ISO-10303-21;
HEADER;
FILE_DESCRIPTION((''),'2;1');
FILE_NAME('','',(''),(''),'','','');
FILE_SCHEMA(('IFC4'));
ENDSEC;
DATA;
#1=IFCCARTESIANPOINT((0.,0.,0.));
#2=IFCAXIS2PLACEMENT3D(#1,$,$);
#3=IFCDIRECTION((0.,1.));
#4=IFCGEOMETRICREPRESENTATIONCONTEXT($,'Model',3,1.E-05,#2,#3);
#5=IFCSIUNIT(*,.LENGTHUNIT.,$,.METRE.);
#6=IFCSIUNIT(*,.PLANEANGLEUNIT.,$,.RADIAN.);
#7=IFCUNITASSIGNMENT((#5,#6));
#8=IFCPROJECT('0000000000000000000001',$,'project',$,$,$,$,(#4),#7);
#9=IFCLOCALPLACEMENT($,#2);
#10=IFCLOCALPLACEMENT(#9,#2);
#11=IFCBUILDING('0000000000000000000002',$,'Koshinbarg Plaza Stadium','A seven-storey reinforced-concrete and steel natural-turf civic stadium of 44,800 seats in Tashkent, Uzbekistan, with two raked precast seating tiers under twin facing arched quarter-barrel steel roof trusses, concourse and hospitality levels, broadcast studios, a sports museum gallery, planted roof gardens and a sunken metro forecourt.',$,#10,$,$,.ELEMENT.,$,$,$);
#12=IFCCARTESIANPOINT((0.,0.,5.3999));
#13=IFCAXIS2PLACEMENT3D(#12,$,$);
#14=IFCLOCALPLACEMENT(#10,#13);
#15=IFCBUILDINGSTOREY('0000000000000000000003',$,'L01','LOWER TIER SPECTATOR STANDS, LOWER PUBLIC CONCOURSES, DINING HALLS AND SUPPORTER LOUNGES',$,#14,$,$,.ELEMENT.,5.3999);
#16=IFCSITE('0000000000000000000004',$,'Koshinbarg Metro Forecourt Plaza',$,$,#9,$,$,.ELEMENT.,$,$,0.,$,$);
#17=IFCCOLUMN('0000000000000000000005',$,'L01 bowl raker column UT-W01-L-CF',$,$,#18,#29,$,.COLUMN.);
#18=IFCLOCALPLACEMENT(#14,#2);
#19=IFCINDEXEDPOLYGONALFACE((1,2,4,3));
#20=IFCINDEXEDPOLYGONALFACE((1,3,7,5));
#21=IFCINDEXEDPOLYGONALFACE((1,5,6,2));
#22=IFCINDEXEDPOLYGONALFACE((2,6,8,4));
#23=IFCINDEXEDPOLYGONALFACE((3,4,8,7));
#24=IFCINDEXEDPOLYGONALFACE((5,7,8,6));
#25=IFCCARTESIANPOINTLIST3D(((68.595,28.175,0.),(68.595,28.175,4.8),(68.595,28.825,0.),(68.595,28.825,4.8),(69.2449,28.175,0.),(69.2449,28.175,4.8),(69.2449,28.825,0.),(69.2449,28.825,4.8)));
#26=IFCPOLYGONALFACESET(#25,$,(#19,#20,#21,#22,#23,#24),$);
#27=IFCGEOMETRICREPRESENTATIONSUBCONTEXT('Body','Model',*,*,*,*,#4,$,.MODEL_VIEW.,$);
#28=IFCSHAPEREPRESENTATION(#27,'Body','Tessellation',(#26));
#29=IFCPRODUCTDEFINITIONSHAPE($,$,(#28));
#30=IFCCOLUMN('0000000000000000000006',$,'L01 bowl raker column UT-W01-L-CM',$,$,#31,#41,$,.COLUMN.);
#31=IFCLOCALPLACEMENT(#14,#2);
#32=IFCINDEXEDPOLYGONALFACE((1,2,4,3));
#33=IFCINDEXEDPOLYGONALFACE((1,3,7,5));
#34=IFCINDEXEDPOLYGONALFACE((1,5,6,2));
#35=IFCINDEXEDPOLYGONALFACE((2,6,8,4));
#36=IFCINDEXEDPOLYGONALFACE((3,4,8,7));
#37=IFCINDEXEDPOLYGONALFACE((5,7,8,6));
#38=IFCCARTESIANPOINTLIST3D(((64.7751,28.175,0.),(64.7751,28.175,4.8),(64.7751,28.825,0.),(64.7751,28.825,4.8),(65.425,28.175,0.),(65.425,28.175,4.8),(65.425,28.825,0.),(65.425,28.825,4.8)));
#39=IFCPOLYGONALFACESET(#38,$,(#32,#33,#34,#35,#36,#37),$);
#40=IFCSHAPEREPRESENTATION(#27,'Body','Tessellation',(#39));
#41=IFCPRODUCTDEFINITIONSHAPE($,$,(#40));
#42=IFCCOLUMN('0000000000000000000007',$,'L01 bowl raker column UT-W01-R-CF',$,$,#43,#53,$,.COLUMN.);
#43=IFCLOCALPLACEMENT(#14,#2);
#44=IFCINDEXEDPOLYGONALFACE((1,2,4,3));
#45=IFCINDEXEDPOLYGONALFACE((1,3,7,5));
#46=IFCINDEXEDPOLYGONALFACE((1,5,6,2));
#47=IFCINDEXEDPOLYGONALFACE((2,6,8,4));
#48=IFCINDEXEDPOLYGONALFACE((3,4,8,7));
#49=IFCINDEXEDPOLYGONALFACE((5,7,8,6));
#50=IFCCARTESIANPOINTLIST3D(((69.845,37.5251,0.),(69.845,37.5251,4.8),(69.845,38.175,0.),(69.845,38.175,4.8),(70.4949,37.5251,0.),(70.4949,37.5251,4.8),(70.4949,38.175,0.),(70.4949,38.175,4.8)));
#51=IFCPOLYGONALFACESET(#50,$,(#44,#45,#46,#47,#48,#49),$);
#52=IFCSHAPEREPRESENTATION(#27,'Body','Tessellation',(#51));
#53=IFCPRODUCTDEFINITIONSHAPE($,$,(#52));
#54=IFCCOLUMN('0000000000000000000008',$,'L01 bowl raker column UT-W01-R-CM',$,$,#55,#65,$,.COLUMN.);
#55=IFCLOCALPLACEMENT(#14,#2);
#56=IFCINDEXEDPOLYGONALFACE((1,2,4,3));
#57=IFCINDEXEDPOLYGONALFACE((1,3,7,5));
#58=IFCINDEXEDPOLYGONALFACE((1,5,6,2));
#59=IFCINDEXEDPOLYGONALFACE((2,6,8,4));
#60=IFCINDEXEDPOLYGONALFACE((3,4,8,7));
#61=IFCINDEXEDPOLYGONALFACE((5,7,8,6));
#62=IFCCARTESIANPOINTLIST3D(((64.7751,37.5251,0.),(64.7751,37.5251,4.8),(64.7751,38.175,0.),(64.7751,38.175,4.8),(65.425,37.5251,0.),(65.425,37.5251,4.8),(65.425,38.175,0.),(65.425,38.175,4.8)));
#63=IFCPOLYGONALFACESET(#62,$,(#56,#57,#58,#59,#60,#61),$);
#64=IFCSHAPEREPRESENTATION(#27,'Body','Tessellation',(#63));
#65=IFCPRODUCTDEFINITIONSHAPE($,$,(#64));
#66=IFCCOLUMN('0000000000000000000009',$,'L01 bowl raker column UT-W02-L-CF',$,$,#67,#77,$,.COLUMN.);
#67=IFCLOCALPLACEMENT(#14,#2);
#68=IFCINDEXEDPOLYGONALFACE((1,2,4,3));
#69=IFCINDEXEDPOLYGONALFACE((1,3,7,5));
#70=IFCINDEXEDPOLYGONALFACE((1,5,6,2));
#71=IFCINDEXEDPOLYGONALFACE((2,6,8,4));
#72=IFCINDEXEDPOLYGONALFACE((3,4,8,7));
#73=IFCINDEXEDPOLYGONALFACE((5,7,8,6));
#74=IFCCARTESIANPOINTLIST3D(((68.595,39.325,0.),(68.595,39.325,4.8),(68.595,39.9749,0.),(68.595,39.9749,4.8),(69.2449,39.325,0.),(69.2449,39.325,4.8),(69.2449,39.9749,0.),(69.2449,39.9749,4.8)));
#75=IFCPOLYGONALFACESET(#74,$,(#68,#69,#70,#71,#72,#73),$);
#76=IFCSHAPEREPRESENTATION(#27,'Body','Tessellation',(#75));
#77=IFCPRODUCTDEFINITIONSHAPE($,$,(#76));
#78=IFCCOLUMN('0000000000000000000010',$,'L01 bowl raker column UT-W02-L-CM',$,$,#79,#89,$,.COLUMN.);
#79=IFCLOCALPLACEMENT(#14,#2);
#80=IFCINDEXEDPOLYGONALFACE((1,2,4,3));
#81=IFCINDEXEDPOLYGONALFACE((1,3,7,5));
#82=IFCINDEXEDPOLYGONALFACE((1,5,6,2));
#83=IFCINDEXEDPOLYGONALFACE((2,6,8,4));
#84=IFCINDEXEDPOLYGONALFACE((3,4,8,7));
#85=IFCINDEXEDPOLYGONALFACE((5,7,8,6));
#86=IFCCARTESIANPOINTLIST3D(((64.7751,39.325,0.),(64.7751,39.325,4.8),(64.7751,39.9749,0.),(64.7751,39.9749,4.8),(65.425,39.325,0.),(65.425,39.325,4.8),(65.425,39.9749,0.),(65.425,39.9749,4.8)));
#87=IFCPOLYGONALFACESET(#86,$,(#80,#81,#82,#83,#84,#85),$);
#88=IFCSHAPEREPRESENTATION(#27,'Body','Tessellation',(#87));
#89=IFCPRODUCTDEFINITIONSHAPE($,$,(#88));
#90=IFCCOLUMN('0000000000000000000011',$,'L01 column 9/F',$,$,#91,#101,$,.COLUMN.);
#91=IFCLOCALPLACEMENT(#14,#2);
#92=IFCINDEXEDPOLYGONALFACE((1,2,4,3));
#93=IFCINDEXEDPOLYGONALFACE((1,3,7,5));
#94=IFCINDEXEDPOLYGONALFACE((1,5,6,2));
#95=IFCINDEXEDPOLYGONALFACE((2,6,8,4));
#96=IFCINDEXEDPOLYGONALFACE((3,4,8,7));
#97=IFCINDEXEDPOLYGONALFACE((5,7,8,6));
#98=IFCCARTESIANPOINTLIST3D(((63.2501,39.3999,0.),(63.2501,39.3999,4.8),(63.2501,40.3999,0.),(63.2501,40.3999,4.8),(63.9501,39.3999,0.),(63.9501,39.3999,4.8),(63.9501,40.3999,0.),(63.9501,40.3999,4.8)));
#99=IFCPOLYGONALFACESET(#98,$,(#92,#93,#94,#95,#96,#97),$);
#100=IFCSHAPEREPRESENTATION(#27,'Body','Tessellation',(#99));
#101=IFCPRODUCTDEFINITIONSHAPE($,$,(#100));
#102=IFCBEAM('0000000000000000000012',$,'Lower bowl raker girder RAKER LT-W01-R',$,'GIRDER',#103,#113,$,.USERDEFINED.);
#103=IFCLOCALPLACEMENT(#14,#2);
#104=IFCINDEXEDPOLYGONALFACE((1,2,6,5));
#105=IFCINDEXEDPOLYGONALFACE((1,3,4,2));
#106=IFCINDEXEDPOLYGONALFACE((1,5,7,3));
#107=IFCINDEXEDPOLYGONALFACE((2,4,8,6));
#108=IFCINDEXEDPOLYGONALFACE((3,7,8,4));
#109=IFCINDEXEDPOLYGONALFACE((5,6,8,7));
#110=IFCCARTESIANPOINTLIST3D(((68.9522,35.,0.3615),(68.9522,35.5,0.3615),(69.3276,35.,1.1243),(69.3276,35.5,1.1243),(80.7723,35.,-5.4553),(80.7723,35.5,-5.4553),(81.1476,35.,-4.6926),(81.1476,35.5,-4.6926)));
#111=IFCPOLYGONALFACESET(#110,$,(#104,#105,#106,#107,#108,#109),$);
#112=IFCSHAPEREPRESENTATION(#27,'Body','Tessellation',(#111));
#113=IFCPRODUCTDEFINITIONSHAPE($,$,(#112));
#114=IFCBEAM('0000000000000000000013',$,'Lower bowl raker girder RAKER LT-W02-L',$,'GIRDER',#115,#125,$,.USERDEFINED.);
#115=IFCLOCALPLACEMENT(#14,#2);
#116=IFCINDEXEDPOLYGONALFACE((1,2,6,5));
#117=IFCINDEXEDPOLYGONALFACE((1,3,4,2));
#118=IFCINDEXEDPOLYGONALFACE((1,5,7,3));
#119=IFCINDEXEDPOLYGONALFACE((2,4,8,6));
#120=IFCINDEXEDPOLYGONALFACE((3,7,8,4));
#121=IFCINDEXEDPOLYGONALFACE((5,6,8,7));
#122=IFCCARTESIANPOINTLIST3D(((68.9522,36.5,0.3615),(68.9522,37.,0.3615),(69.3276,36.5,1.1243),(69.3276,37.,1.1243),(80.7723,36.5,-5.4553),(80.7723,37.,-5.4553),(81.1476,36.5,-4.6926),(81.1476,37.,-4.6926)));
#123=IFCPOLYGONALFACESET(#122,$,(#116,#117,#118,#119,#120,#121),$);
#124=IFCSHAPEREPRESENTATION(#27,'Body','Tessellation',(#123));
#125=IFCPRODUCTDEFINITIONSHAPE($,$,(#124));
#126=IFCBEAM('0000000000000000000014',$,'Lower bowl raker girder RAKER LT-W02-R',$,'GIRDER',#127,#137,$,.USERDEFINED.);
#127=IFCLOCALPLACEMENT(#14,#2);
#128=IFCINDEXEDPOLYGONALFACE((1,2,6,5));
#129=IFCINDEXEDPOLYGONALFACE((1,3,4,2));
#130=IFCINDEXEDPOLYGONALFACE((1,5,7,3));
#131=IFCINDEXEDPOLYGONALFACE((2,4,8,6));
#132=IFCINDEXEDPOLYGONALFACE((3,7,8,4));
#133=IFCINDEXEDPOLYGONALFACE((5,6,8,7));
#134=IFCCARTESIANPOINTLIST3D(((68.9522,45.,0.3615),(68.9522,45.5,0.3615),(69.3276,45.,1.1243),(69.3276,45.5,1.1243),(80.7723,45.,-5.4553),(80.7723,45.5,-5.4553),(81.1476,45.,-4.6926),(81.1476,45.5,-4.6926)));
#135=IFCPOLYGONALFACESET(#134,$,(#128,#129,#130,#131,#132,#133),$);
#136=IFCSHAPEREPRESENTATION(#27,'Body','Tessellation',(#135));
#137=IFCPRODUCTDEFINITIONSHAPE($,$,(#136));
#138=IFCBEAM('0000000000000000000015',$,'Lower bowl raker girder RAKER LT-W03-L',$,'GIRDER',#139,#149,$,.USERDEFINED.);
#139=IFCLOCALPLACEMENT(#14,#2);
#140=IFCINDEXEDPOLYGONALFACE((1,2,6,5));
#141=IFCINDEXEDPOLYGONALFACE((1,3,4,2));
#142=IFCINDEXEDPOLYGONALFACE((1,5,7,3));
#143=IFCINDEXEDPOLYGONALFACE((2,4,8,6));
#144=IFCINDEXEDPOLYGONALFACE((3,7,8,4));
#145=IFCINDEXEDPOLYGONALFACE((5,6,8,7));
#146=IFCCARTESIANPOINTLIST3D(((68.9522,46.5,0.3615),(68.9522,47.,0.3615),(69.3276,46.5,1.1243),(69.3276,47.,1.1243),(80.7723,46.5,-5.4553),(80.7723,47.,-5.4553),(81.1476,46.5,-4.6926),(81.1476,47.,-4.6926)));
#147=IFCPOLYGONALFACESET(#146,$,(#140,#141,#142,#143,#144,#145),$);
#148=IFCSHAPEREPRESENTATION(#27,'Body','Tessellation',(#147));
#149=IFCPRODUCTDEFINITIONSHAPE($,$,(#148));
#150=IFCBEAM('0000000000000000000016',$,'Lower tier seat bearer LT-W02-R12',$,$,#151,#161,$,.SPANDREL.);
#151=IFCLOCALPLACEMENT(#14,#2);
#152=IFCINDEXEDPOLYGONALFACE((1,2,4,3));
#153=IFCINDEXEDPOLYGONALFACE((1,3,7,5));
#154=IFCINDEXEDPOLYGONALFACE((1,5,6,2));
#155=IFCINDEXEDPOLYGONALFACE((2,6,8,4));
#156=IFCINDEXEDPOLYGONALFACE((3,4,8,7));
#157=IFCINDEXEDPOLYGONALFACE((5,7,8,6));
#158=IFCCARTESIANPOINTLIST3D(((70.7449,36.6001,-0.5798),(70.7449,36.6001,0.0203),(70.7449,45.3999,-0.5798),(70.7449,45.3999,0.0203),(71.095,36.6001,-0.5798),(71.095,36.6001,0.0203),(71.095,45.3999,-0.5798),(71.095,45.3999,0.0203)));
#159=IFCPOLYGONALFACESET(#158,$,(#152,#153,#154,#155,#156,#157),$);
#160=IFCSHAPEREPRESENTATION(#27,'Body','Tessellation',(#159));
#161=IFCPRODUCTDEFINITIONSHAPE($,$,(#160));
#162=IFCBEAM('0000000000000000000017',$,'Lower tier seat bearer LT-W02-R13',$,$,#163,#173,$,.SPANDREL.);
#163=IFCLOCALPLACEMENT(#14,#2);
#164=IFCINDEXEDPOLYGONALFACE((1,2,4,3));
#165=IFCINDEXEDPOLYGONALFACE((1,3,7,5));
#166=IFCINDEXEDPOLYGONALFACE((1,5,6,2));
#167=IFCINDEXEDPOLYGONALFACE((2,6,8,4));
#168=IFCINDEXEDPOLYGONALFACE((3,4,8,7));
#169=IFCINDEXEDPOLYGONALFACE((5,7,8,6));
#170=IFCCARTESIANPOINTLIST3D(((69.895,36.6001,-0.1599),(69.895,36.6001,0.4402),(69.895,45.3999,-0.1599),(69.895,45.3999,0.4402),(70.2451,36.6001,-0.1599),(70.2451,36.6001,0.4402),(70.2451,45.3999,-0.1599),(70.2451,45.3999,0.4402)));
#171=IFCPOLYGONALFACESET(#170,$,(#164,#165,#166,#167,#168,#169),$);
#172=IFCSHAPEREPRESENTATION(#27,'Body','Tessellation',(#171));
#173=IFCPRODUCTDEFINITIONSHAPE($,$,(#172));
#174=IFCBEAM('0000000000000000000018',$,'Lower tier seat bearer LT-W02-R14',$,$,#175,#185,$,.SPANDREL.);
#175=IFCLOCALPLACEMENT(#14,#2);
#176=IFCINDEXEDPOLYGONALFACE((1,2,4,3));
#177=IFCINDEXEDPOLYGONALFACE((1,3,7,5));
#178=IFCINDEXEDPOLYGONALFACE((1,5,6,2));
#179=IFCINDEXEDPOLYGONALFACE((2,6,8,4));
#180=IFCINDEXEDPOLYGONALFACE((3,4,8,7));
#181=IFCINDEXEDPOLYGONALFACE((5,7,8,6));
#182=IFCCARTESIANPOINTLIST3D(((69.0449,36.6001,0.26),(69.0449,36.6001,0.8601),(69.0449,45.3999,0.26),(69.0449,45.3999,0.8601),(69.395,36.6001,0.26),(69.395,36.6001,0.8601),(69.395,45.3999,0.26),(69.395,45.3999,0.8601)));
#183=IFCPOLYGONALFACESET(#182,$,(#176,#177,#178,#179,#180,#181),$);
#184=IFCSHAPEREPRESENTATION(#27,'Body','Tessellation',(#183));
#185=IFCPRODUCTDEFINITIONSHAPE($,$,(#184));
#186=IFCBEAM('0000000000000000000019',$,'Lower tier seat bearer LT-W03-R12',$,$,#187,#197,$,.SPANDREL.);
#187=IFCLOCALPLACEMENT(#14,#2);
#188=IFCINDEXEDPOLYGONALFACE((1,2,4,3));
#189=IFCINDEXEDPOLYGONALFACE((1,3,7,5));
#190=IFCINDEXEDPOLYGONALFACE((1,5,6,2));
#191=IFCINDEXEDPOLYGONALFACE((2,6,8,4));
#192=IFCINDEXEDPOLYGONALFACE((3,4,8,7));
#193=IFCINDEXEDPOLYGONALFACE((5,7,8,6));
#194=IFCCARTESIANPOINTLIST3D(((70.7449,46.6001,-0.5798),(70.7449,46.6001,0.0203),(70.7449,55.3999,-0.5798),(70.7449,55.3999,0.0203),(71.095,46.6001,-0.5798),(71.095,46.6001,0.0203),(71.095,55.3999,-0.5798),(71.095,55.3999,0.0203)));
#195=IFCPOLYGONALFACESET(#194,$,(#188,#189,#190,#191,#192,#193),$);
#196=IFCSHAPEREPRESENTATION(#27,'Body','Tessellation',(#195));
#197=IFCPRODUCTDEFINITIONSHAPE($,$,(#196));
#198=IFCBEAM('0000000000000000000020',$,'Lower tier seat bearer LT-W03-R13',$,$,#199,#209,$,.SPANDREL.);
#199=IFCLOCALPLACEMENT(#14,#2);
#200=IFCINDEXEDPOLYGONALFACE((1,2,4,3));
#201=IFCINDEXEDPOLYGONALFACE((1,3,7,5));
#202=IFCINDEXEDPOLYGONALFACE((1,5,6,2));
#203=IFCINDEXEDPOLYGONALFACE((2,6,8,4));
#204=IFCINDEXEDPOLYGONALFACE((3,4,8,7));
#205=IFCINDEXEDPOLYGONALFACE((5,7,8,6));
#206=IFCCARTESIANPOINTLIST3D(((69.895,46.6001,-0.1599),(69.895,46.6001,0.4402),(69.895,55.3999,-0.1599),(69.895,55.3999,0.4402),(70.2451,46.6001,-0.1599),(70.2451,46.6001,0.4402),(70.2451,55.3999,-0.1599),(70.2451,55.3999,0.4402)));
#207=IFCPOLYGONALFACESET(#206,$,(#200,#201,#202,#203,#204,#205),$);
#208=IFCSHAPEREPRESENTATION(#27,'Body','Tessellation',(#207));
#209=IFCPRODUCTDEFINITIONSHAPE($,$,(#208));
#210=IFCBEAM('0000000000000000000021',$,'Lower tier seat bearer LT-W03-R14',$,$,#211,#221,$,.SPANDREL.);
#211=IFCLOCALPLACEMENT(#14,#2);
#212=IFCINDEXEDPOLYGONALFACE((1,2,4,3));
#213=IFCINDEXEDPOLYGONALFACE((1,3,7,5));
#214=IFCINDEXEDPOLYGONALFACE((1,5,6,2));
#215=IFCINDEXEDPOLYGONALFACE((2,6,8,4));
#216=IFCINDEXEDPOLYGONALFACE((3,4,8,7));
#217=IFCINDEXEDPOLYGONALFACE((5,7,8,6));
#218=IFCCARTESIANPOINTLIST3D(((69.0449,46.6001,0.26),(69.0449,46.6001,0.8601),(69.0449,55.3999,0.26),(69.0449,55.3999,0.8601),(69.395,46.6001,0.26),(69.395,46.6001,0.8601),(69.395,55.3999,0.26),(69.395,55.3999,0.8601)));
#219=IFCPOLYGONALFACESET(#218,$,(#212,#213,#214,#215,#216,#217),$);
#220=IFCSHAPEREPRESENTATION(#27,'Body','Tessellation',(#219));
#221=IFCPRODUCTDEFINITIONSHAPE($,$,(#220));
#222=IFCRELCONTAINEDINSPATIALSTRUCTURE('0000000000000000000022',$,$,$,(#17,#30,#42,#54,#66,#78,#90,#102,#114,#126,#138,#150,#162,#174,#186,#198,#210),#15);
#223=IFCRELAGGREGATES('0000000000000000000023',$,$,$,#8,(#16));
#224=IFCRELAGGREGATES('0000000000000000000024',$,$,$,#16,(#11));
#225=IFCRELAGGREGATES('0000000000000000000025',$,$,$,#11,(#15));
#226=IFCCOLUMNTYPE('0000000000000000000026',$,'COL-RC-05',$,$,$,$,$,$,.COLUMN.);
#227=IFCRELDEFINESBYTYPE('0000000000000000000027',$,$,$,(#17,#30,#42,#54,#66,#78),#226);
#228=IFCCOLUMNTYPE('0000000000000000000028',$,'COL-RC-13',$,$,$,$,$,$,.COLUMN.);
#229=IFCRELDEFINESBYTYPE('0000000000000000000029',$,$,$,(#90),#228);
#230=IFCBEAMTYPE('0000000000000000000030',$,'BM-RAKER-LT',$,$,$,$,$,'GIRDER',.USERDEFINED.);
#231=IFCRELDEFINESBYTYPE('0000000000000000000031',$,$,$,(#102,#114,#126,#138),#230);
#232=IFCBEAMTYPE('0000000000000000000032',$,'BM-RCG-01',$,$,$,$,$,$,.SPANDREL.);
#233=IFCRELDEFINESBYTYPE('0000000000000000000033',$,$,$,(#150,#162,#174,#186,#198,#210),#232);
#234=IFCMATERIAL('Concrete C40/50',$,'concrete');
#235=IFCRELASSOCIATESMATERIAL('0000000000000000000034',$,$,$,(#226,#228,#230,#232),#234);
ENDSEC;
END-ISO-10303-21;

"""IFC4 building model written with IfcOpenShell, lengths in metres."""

from ifc_helpers import new_model, si_unit, direction, frame, origin, origin_2d, place, context, subcontext, project, spatial, rectangle, extrude, material, material_profile, profile_set, type_object, element, save


model = new_model("IFC4")

# Units and contexts
model_context = context("Model", 3, precision=1e-05, world=origin(), true_north=direction((0.0, 1.0)))
body_context = subcontext(model_context, "Body", "Model", "MODEL_VIEW")
ifc_project = project(units=[si_unit("LENGTHUNIT", "METRE"), si_unit("PLANEANGLEUNIT", "RADIAN")], contexts=[model_context])

# Site, building, storey
site_placement = place(None, origin())
site = spatial("IfcSite", under=ifc_project, at=site_placement, Name="Koshinbarg Metro Forecourt Plaza", CompositionType="ELEMENT", RefElevation=0.0)
building_placement = place(site_placement, origin())
building = spatial("IfcBuilding", under=site, at=building_placement, Name="Koshinbarg Plaza Stadium", Description="A seven-storey reinforced-concrete and steel natural-turf civic stadium of 44,800 seats in Tashkent, Uzbekistan, with two raked precast seating tiers under twin facing arched quarter-barrel steel roof trusses, concourse and hospitality levels, broadcast studios, a sports museum gallery, planted roof gardens and a sunken metro forecourt.", CompositionType="ELEMENT")
storey_placement = place(building_placement, frame((0.0, 0.0, 5.3999)))
storey = spatial("IfcBuildingStorey", under=building, at=storey_placement, Name="L01", Description="LOWER TIER SPECTATOR STANDS, LOWER PUBLIC CONCOURSES, DINING HALLS AND SUPPORTER LOUNGES", CompositionType="ELEMENT", Elevation=5.3999)

# Columns
ifc_material_1 = material(Name="Concrete C40/50", Category="concrete")
ifc_material_profile_1 = material_profile(ifc_material_1, rectangle(XDim=0.6499, YDim=0.6499, at=origin_2d()), Name="RC 650x650")
ifc_profile_set_1 = profile_set([ifc_material_profile_1], Name="Concrete C40/50")
column_type_1 = type_object("IfcColumnType", Name="COL-RC-05", PredefinedType="COLUMN", material=ifc_profile_set_1)
for number, where, z_axis, x_axis, name in (
    (1, (68.9199, 28.5, 0.0), (0.0, 0.0, 1.0), (1.0, 0.0, 0.0), "L01 bowl raker column UT-W01-L-CF"),
    (2, (65.1001, 28.5, 0.0), (0.0, 0.0, 1.0), (1.0, 0.0, 0.0), "L01 bowl raker column UT-W01-L-CM"),
    (3, (70.1699, 37.8501, 0.0), (0.0, 0.0, 1.0), (1.0, 0.0, 0.0), "L01 bowl raker column UT-W01-R-CF"),
    (4, (65.1001, 37.8501, 0.0), (0.0, 0.0, 1.0), (1.0, 0.0, 0.0), "L01 bowl raker column UT-W01-R-CM"),
    (5, (68.9199, 39.6499, 0.0), (0.0, 0.0, 1.0), (1.0, 0.0, 0.0), "L01 bowl raker column UT-W02-L-CF"),
    (6, (65.1001, 39.6499, 0.0), (0.0, 0.0, 1.0), (1.0, 0.0, 0.0), "L01 bowl raker column UT-W02-L-CM"),
):
    element("IfcColumn", number, at=place(storey_placement, frame(where, z_axis=z_axis, x_axis=x_axis)), inside=storey, type_object=column_type_1, Name=name, PredefinedType="COLUMN", context=body_context, shape_type="SweptSolid", body=[
        extrude(rectangle(XDim=0.6499, YDim=0.6499, at=origin_2d()), origin(), (0.0, 0.0, 1.0), 4.8),
    ])
ifc_material_profile_2 = material_profile(ifc_material_1, rectangle(XDim=0.7, YDim=1.0, at=origin_2d()), Name="RC 700x1000")
ifc_profile_set_2 = profile_set([ifc_material_profile_2], Name="Concrete C40/50")
column_type_2 = type_object("IfcColumnType", Name="COL-RC-13", PredefinedType="COLUMN", material=ifc_profile_set_2)
column_placement = place(storey_placement, frame((63.6001, 39.8999, 0.0), z_axis=(0.0, 0.0, 1.0), x_axis=(1.0, 0.0, 0.0)))
element("IfcColumn", 7, at=column_placement, inside=storey, type_object=column_type_2, Name="L01 column 9/F", PredefinedType="COLUMN", context=body_context, shape_type="SweptSolid", body=[
    extrude(rectangle(XDim=0.7, YDim=1.0, at=origin_2d()), origin(), (0.0, 0.0, 1.0), 4.8),
])

# Beams
ifc_material_profile_3 = material_profile(ifc_material_1, rectangle(XDim=0.5, YDim=0.8501, at=origin_2d()), Name="RC 500x850")
ifc_profile_set_3 = profile_set([ifc_material_profile_3], Name="Concrete C40/50")
beam_type_1 = type_object("IfcBeamType", Name="BM-RAKER-LT", ElementType="GIRDER", PredefinedType="USERDEFINED", material=ifc_profile_set_3)
for number, where, z_axis, x_axis, name in (
    (8, (80.96, 35.25, -5.074), (-0.897237, 0.0, 0.441549), (0.0, -1.0, 0.0), "Lower bowl raker girder RAKER LT-W01-R"),
    (9, (80.96, 36.75, -5.074), (-0.897237, 0.0, 0.441549), (0.0, -1.0, 0.0), "Lower bowl raker girder RAKER LT-W02-L"),
    (10, (80.96, 45.25, -5.074), (-0.897237, 0.0, 0.441549), (0.0, -1.0, 0.0), "Lower bowl raker girder RAKER LT-W02-R"),
    (11, (80.96, 46.75, -5.074), (-0.897237, 0.0, 0.441549), (0.0, -1.0, 0.0), "Lower bowl raker girder RAKER LT-W03-L"),
):
    element("IfcBeam", number, at=place(storey_placement, frame(where, z_axis=z_axis, x_axis=x_axis)), inside=storey, type_object=beam_type_1, Name=name, ObjectType="GIRDER", PredefinedType="USERDEFINED", context=body_context, shape_type="SweptSolid", body=[
        extrude(rectangle(XDim=0.5, YDim=0.8501, at=origin_2d()), origin(), (0.0, 0.0, 1.0), 13.1738),
    ])
ifc_material_profile_4 = material_profile(ifc_material_1, rectangle(XDim=0.3501, YDim=0.6001, at=origin_2d()), Name="RC 350x600")
ifc_profile_set_4 = profile_set([ifc_material_profile_4], Name="Concrete C40/50")
beam_type_2 = type_object("IfcBeamType", Name="BM-RCG-01", PredefinedType="SPANDREL", material=ifc_profile_set_4)
for number, where, z_axis, x_axis, name in (
    (12, (70.9199, 36.6001, -0.2798), (0.0, 1.0, 0.0), (-1.0, 0.0, 0.0), "Lower tier seat bearer LT-W02-R12"),
    (13, (70.0701, 36.6001, 0.1401), (0.0, 1.0, 0.0), (-1.0, 0.0, 0.0), "Lower tier seat bearer LT-W02-R13"),
    (14, (69.22, 36.6001, 0.5601), (0.0, 1.0, 0.0), (-1.0, 0.0, 0.0), "Lower tier seat bearer LT-W02-R14"),
    (15, (70.9199, 46.6001, -0.2798), (0.0, 1.0, 0.0), (-1.0, 0.0, 0.0), "Lower tier seat bearer LT-W03-R12"),
    (16, (70.0701, 46.6001, 0.1401), (0.0, 1.0, 0.0), (-1.0, 0.0, 0.0), "Lower tier seat bearer LT-W03-R13"),
    (17, (69.22, 46.6001, 0.5601), (0.0, 1.0, 0.0), (-1.0, 0.0, 0.0), "Lower tier seat bearer LT-W03-R14"),
):
    element("IfcBeam", number, at=place(storey_placement, frame(where, z_axis=z_axis, x_axis=x_axis)), inside=storey, type_object=beam_type_2, Name=name, PredefinedType="SPANDREL", context=body_context, shape_type="SweptSolid", body=[
        extrude(rectangle(XDim=0.3501, YDim=0.6001, at=origin_2d()), origin(), (0.0, 0.0, 1.0), 8.7998),
    ])

save(model, "model.ifc")
